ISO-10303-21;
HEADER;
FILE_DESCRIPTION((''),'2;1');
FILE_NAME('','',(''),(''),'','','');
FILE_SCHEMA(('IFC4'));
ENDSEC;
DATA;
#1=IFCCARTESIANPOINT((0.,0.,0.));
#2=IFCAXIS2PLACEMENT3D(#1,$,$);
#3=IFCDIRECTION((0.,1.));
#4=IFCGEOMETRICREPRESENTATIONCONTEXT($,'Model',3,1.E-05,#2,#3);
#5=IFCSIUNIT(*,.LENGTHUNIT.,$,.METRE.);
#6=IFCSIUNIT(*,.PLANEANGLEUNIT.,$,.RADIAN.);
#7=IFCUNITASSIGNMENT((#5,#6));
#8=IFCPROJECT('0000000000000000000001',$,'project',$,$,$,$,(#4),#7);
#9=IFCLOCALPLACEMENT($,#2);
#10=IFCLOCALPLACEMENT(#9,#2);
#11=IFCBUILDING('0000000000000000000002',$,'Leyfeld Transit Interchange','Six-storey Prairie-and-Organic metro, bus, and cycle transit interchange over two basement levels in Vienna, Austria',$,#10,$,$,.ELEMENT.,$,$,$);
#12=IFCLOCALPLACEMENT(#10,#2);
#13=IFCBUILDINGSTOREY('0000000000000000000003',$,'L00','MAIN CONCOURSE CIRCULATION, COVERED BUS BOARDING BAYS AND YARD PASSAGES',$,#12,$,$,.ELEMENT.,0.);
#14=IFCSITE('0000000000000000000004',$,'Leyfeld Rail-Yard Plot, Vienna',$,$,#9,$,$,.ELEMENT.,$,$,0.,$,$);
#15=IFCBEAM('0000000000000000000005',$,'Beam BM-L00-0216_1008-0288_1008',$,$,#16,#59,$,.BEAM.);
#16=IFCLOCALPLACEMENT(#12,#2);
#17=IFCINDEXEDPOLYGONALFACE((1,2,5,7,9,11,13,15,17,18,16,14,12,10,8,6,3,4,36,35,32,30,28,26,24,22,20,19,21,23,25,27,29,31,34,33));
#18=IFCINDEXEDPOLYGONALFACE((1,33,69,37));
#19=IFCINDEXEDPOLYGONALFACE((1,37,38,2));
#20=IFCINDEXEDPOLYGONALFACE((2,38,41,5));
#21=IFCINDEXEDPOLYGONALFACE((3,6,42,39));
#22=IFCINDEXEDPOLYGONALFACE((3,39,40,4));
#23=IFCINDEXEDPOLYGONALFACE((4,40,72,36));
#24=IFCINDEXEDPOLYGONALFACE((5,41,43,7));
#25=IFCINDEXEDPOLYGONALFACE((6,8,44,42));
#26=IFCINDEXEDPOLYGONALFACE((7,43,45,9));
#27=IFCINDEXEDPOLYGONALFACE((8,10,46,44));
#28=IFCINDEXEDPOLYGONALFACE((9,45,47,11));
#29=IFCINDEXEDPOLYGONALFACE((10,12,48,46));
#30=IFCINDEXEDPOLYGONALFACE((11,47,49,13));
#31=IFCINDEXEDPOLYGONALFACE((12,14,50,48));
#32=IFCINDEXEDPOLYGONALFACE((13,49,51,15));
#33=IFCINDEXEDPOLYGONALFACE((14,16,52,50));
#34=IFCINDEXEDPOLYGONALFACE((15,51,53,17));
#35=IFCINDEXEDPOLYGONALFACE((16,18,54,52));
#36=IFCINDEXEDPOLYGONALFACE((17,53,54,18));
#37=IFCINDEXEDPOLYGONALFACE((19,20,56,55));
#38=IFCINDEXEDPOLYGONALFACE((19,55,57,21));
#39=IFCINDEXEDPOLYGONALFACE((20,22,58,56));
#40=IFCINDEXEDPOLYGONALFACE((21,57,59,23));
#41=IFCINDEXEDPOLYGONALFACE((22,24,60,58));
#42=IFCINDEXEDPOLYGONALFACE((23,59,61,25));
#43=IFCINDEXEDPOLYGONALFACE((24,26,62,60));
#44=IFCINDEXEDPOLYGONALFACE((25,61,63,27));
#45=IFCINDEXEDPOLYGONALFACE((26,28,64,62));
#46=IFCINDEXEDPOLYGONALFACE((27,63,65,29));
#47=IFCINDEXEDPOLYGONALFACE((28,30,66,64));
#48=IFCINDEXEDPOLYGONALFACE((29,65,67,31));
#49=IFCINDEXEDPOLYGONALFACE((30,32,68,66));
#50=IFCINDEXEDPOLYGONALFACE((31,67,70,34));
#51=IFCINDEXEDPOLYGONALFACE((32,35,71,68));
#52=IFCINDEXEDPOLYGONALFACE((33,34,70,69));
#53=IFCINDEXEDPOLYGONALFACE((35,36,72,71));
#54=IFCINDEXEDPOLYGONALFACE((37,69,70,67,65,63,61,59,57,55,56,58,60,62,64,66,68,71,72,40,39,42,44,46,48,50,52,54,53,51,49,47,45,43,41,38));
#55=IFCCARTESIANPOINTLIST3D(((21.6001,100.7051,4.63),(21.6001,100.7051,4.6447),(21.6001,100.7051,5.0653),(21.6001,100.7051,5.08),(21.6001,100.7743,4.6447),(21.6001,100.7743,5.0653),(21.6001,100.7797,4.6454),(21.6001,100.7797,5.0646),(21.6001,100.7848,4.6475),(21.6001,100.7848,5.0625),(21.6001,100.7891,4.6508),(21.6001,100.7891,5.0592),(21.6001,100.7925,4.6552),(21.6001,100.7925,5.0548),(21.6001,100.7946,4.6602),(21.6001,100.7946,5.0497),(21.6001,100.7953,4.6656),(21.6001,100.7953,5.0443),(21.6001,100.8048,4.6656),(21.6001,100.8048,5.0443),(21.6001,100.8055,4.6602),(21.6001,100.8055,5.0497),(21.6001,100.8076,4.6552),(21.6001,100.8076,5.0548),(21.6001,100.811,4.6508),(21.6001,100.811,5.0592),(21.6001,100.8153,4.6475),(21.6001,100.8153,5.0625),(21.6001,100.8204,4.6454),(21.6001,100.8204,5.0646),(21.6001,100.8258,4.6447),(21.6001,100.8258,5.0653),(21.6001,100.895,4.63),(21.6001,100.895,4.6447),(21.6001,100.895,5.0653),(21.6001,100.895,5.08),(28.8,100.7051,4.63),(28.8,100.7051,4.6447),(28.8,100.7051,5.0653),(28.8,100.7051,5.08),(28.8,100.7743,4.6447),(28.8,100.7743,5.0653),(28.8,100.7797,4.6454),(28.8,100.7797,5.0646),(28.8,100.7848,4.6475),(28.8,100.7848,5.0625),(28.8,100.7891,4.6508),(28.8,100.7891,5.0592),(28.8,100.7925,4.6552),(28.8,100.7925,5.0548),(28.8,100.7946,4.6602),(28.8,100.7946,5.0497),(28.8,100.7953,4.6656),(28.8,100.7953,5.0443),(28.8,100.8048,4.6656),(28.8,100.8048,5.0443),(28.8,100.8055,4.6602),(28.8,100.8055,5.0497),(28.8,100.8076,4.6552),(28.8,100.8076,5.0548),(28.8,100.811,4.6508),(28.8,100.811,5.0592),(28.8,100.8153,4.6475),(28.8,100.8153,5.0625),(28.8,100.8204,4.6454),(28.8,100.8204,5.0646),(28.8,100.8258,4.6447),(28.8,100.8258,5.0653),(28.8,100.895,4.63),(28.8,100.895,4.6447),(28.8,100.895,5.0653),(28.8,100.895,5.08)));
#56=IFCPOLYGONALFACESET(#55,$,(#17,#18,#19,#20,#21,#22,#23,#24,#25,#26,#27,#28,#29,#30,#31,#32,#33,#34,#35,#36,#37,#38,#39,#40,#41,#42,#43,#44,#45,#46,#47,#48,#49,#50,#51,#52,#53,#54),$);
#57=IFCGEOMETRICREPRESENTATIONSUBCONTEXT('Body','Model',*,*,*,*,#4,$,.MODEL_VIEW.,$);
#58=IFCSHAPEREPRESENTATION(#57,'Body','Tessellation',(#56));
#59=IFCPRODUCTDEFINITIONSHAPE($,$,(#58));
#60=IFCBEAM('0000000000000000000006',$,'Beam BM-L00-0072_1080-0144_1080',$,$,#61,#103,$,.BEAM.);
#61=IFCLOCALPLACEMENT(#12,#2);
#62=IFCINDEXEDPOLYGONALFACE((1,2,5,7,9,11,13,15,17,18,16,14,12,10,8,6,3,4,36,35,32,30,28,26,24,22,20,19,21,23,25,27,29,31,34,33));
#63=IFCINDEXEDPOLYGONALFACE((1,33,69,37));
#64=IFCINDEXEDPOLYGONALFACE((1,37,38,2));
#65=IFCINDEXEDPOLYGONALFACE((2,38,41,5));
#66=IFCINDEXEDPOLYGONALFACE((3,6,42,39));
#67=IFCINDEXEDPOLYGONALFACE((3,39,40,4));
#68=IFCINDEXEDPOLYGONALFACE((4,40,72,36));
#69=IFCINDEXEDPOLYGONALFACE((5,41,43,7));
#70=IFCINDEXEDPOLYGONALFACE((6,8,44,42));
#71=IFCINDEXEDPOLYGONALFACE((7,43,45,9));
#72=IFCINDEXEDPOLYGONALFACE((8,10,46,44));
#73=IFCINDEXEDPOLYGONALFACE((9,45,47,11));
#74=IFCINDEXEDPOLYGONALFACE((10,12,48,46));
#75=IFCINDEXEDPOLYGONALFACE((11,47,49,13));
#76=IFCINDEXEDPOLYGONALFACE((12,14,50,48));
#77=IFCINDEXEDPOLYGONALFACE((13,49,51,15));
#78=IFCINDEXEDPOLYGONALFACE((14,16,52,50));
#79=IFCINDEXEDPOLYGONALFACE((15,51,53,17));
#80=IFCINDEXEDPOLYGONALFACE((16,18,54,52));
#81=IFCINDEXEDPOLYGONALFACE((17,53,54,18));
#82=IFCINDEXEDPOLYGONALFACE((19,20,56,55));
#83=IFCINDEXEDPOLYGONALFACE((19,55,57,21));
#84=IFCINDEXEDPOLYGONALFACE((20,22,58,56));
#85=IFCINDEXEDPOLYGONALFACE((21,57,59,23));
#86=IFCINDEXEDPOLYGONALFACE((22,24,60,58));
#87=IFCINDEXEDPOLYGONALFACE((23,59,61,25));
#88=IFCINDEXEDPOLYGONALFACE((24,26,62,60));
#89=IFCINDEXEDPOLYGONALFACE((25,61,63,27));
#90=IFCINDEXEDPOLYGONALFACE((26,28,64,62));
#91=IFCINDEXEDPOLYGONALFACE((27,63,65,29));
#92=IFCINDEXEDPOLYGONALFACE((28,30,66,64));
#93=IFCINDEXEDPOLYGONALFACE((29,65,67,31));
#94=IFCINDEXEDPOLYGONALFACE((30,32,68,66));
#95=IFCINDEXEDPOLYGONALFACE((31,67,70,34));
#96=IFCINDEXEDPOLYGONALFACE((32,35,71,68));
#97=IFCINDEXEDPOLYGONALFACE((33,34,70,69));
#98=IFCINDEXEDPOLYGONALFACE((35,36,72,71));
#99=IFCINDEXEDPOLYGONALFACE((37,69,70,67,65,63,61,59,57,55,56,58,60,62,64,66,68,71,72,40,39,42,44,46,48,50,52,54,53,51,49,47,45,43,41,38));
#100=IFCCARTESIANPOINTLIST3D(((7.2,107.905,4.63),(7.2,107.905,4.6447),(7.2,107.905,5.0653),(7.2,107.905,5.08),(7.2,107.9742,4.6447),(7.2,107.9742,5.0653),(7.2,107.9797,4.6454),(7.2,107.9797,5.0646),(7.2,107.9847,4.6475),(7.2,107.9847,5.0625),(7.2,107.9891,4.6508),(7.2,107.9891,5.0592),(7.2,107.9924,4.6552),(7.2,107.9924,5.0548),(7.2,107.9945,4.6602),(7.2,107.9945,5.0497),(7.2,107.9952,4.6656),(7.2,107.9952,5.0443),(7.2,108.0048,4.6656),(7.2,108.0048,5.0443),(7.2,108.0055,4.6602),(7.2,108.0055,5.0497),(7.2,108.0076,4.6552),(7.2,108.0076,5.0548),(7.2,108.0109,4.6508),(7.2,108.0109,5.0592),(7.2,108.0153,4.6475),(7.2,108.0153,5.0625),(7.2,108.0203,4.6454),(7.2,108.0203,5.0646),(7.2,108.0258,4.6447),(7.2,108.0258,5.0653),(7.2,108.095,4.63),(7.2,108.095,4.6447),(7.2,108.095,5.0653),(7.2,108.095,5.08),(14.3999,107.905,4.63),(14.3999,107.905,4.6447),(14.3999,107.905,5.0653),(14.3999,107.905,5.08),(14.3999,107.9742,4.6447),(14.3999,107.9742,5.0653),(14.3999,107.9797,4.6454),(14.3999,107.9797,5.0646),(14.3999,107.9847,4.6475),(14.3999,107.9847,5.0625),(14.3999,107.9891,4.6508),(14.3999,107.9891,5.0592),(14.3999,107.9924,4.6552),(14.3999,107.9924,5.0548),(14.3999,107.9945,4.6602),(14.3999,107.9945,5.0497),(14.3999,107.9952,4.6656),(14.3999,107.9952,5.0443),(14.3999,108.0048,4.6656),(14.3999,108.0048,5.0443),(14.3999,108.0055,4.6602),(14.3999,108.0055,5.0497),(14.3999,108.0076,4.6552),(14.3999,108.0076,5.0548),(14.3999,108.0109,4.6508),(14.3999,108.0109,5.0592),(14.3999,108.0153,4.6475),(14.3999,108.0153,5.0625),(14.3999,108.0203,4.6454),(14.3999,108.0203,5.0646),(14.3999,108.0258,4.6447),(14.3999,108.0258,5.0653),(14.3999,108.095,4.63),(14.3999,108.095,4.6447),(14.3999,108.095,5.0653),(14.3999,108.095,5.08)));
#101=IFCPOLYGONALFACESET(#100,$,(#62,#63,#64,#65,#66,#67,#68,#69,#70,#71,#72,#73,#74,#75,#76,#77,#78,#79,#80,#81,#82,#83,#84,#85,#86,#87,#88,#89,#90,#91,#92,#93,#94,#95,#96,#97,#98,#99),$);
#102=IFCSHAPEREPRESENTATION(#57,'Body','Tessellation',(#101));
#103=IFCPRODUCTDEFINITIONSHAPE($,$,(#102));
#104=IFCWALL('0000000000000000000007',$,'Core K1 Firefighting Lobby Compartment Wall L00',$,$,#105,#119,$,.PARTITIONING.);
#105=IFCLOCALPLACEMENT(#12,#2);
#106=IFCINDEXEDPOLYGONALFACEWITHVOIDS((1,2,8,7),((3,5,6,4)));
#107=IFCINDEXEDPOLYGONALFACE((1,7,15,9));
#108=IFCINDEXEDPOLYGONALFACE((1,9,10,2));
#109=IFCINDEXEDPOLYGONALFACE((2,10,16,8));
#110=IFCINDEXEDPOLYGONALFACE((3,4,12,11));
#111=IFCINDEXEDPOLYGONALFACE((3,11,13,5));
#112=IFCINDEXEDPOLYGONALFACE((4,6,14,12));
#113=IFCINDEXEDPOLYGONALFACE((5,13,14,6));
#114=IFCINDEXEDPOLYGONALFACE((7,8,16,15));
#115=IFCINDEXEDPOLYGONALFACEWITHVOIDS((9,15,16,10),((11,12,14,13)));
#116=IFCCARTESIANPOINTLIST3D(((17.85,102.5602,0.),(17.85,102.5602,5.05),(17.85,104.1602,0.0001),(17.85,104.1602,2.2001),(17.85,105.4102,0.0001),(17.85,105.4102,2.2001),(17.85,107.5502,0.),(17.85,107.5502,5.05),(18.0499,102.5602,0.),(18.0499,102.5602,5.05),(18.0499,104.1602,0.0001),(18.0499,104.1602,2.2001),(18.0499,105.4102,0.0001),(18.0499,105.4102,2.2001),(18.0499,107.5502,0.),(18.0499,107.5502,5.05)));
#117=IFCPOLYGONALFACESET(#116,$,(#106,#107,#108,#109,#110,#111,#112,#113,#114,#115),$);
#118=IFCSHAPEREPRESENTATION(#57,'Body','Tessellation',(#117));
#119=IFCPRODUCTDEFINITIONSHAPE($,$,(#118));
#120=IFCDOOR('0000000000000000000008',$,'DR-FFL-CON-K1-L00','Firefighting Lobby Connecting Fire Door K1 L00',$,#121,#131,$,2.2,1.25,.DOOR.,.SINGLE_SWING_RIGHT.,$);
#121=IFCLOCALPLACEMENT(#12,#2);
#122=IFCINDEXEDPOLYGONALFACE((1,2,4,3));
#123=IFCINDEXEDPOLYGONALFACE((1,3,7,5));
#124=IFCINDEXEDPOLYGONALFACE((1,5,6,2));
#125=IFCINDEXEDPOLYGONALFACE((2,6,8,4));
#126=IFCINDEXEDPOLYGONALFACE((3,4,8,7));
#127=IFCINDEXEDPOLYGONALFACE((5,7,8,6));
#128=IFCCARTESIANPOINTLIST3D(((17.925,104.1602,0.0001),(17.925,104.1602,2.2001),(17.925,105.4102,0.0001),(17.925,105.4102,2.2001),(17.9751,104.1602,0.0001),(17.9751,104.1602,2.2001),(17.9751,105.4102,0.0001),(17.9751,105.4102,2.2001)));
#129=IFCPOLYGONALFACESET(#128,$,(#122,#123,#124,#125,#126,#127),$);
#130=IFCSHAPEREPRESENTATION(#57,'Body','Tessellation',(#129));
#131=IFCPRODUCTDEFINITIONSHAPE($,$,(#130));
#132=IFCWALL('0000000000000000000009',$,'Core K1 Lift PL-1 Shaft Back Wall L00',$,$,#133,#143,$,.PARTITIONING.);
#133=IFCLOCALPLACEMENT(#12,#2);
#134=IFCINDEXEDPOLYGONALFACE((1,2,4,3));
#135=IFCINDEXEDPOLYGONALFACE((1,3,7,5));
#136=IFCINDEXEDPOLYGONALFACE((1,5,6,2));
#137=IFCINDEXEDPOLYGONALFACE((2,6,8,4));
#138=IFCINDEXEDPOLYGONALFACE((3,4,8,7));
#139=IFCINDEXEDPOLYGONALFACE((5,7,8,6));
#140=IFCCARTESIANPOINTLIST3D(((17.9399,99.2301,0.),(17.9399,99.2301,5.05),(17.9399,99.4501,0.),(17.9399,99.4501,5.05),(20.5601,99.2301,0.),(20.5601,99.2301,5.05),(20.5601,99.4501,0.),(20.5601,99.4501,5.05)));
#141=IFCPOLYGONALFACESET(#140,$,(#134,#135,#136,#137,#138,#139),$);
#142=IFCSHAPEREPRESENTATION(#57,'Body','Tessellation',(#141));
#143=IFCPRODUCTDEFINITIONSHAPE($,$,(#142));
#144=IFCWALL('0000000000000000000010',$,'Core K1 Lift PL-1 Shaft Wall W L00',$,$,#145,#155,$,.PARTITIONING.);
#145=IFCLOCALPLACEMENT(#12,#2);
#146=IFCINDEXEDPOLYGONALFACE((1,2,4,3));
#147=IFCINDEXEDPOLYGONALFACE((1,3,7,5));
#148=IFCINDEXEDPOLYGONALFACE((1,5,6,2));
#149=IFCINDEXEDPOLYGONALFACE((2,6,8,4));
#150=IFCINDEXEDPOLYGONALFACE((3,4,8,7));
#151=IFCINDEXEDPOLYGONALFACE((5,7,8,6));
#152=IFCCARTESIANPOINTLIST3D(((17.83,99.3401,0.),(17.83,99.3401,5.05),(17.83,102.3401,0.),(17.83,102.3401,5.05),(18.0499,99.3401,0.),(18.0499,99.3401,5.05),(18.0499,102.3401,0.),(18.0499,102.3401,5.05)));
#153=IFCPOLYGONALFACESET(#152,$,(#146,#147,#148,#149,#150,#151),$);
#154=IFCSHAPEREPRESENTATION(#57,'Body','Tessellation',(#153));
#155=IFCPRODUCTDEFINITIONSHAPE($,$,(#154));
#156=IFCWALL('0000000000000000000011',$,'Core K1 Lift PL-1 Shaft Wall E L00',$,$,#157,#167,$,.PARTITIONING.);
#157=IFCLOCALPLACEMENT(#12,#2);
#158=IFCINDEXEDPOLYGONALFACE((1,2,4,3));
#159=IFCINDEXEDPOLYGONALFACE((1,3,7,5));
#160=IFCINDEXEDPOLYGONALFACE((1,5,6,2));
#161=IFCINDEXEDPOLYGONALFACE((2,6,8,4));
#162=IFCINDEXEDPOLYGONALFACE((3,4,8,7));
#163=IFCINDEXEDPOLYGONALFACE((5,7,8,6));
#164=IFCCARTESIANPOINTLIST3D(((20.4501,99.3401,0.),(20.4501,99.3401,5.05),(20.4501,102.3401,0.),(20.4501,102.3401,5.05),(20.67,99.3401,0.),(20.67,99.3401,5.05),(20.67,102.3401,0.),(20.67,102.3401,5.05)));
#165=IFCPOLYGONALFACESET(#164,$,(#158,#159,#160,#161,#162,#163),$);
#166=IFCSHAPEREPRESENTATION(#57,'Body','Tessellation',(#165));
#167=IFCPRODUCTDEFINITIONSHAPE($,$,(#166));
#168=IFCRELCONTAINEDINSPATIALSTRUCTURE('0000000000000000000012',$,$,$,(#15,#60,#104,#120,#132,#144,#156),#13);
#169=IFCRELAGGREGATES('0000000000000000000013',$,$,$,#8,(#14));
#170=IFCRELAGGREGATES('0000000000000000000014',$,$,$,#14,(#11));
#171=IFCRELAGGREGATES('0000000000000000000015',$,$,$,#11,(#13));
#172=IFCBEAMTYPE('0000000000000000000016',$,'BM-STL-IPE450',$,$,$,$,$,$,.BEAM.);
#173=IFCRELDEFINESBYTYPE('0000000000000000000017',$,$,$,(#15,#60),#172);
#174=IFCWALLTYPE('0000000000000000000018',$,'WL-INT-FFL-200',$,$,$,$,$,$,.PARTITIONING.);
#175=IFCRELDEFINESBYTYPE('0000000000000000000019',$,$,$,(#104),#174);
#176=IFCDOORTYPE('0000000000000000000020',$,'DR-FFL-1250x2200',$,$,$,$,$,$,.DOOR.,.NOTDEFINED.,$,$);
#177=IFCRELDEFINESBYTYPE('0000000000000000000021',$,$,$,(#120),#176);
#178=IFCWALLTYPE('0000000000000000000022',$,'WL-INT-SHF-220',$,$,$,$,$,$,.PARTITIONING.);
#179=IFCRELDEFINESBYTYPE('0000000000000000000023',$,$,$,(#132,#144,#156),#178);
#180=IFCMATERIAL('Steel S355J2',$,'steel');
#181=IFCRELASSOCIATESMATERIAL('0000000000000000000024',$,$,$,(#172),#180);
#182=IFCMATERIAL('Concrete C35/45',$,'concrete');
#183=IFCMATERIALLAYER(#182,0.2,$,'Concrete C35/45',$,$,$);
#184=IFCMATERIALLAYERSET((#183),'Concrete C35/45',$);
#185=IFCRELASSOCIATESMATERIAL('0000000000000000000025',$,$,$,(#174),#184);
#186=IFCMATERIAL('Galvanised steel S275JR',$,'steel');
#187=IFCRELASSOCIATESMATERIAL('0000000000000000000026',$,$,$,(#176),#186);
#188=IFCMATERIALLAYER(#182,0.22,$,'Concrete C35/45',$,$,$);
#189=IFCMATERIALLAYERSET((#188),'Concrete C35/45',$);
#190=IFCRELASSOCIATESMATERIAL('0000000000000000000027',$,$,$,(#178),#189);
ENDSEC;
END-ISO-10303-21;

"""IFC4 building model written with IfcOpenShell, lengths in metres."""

from ifc_helpers import new_model, si_unit, direction, frame, frame_2d, origin, origin_2d, place, context, subcontext, project, spatial, rectangle, i_section, extrude, material, layer, layer_set, material_profile, profile_set, type_object, element, fill, save


model = new_model("IFC4")

# Units and contexts
model_context = context("Model", 3, precision=1e-05, world=origin(), true_north=direction((0.0, 1.0)))
body_context = subcontext(model_context, "Body", "Model", "MODEL_VIEW")
ifc_project = project(units=[si_unit("LENGTHUNIT", "METRE"), si_unit("PLANEANGLEUNIT", "RADIAN")], contexts=[model_context])

# Site, building, storey
site_placement = place(None, origin())
site = spatial("IfcSite", under=ifc_project, at=site_placement, Name="Leyfeld Rail-Yard Plot, Vienna", CompositionType="ELEMENT", RefElevation=0.0)
building_placement = place(site_placement, origin())
building = spatial("IfcBuilding", under=site, at=building_placement, Name="Leyfeld Transit Interchange", Description="Six-storey Prairie-and-Organic metro, bus, and cycle transit interchange over two basement levels in Vienna, Austria", CompositionType="ELEMENT")
storey_placement = place(building_placement, origin())
storey = spatial("IfcBuildingStorey", under=building, at=storey_placement, Name="L00", Description="MAIN CONCOURSE CIRCULATION, COVERED BUS BOARDING BAYS AND YARD PASSAGES", CompositionType="ELEMENT", Elevation=0.0)

# Shared definitions
ifc_material_1 = material(Name="Concrete C35/45", Category="concrete")

# Beams
ifc_material_2 = material(Name="Steel S355J2", Category="steel")
ifc_material_profile_1 = material_profile(ifc_material_2, i_section(OverallWidth=0.1899, OverallDepth=0.45, WebThickness=0.0095, FlangeThickness=0.0146, FilletRadius=0.021, at=origin_2d()), Name="IPE 450")
ifc_profile_set_1 = profile_set([ifc_material_profile_1], Name="Steel S355J2")
beam_type_1 = type_object("IfcBeamType", Name="BM-STL-IPE450", PredefinedType="BEAM", material=ifc_profile_set_1)
for number, where, z_axis, x_axis, name in (
    (1, (21.6001, 100.8, 4.855), (1.0, 0.0, 0.0), (0.0, 1.0, 0.0), "Beam BM-L00-0216_1008-0288_1008"),
    (2, (7.2, 108.0, 4.855), (1.0, 0.0, 0.0), (0.0, 1.0, 0.0), "Beam BM-L00-0072_1080-0144_1080"),
):
    element("IfcBeam", number, at=place(storey_placement, frame(where, z_axis=z_axis, x_axis=x_axis)), inside=storey, type_object=beam_type_1, Name=name, PredefinedType="BEAM", context=body_context, shape_type="SweptSolid", body=[
        extrude(i_section(OverallWidth=0.1899, OverallDepth=0.45, WebThickness=0.0095, FlangeThickness=0.0146, FilletRadius=0.021, at=origin_2d()), origin(), (0.0, 0.0, 1.0), 7.2),
    ])

# Wall, opening, door
ifc_layer_1 = layer(ifc_material_1, 0.2, Name="Concrete C35/45")
ifc_layer_set_1 = layer_set([ifc_layer_1], Name="Concrete C35/45")
wall_type_1 = type_object("IfcWallType", Name="WL-INT-FFL-200", PredefinedType="PARTITIONING", material=ifc_layer_set_1)
wall_1_placement = place(storey_placement, frame((17.95, 102.5601, 0.0), z_axis=(0.0, 0.0, 1.0), x_axis=(0.0, 1.0, 0.0)))
wall_1 = element("IfcWall", 3, at=wall_1_placement, inside=storey, type_object=wall_type_1, Name="Core K1 Firefighting Lobby Compartment Wall L00", PredefinedType="PARTITIONING", context=body_context, shape_type="SweptSolid", body=[
    extrude(rectangle(XDim=4.99, YDim=0.2, at=frame_2d((2.4951, 0.0))), origin(), (0.0, 0.0, 1.0), 5.05),
])
opening_1_placement = place(wall_1_placement, frame((1.6001, 0.0, 0.0)))
opening_1 = element("IfcOpeningElement", 4, at=opening_1_placement, cuts=wall_1, PredefinedType="OPENING", context=body_context, shape_type="SweptSolid", body=[
    extrude(rectangle(XDim=1.25, YDim=2.2, at=frame_2d((0.625, 1.1001))), frame((0.0, 0.1099, 0.0), z_axis=(0.0, -1.0, 0.0), x_axis=(1.0, 0.0, 0.0)), (0.0, 0.0, 1.0), 0.22),
])
ifc_material_3 = material(Name="Galvanised steel S275JR", Category="steel")
door_type_1 = type_object("IfcDoorType", Name="DR-FFL-1250x2200", OperationType="NOTDEFINED", PredefinedType="DOOR", material=ifc_material_3)
door_1_placement = place(opening_1_placement, origin())
door_1 = element("IfcDoor", 5, at=door_1_placement, inside=storey, type_object=door_type_1, Name="DR-FFL-CON-K1-L00", Description="Firefighting Lobby Connecting Fire Door K1 L00", OperationType="SINGLE_SWING_RIGHT", OverallHeight=2.2, OverallWidth=1.25, PredefinedType="DOOR", context=body_context, shape_type="SweptSolid", body=[
    extrude(rectangle(XDim=1.25, YDim=2.2, at=frame_2d((0.625, 1.1001))), frame((0.0, 0.0249, 0.0), z_axis=(0.0, -1.0, 0.0), x_axis=(1.0, 0.0, 0.0)), (0.0, 0.0, 1.0), 0.05),
])
fill(opening_1, door_1)

# Shared definitions
ifc_layer_2 = layer(ifc_material_1, 0.22, Name="Concrete C35/45")
ifc_layer_set_2 = layer_set([ifc_layer_2], Name="Concrete C35/45")
wall_type_2 = type_object("IfcWallType", Name="WL-INT-SHF-220", PredefinedType="PARTITIONING", material=ifc_layer_set_2)

# Walls
wall_2_placement = place(storey_placement, frame((17.9399, 99.3401, 0.0), z_axis=(0.0, 0.0, 1.0), x_axis=(1.0, 0.0, 0.0)))
element("IfcWall", 6, at=wall_2_placement, inside=storey, type_object=wall_type_2, Name="Core K1 Lift PL-1 Shaft Back Wall L00", PredefinedType="PARTITIONING", context=body_context, shape_type="SweptSolid", body=[
    extrude(rectangle(XDim=2.6201, YDim=0.22, at=frame_2d((1.3101, 0.0))), origin(), (0.0, 0.0, 1.0), 5.05),
])
for number, where, z_axis, x_axis, name in (
    (7, (17.9399, 99.3401, 0.0), (0.0, 0.0, 1.0), (0.0, 1.0, 0.0), "Core K1 Lift PL-1 Shaft Wall W L00"),
    (8, (20.5601, 99.3401, 0.0), (0.0, 0.0, 1.0), (0.0, 1.0, 0.0), "Core K1 Lift PL-1 Shaft Wall E L00"),
):
    element("IfcWall", number, at=place(storey_placement, frame(where, z_axis=z_axis, x_axis=x_axis)), inside=storey, type_object=wall_type_2, Name=name, PredefinedType="PARTITIONING", context=body_context, shape_type="SweptSolid", body=[
        extrude(rectangle(XDim=3.0, YDim=0.22, at=frame_2d((1.5, 0.0))), origin(), (0.0, 0.0, 1.0), 5.05),
    ])

save(model, "model.ifc")
